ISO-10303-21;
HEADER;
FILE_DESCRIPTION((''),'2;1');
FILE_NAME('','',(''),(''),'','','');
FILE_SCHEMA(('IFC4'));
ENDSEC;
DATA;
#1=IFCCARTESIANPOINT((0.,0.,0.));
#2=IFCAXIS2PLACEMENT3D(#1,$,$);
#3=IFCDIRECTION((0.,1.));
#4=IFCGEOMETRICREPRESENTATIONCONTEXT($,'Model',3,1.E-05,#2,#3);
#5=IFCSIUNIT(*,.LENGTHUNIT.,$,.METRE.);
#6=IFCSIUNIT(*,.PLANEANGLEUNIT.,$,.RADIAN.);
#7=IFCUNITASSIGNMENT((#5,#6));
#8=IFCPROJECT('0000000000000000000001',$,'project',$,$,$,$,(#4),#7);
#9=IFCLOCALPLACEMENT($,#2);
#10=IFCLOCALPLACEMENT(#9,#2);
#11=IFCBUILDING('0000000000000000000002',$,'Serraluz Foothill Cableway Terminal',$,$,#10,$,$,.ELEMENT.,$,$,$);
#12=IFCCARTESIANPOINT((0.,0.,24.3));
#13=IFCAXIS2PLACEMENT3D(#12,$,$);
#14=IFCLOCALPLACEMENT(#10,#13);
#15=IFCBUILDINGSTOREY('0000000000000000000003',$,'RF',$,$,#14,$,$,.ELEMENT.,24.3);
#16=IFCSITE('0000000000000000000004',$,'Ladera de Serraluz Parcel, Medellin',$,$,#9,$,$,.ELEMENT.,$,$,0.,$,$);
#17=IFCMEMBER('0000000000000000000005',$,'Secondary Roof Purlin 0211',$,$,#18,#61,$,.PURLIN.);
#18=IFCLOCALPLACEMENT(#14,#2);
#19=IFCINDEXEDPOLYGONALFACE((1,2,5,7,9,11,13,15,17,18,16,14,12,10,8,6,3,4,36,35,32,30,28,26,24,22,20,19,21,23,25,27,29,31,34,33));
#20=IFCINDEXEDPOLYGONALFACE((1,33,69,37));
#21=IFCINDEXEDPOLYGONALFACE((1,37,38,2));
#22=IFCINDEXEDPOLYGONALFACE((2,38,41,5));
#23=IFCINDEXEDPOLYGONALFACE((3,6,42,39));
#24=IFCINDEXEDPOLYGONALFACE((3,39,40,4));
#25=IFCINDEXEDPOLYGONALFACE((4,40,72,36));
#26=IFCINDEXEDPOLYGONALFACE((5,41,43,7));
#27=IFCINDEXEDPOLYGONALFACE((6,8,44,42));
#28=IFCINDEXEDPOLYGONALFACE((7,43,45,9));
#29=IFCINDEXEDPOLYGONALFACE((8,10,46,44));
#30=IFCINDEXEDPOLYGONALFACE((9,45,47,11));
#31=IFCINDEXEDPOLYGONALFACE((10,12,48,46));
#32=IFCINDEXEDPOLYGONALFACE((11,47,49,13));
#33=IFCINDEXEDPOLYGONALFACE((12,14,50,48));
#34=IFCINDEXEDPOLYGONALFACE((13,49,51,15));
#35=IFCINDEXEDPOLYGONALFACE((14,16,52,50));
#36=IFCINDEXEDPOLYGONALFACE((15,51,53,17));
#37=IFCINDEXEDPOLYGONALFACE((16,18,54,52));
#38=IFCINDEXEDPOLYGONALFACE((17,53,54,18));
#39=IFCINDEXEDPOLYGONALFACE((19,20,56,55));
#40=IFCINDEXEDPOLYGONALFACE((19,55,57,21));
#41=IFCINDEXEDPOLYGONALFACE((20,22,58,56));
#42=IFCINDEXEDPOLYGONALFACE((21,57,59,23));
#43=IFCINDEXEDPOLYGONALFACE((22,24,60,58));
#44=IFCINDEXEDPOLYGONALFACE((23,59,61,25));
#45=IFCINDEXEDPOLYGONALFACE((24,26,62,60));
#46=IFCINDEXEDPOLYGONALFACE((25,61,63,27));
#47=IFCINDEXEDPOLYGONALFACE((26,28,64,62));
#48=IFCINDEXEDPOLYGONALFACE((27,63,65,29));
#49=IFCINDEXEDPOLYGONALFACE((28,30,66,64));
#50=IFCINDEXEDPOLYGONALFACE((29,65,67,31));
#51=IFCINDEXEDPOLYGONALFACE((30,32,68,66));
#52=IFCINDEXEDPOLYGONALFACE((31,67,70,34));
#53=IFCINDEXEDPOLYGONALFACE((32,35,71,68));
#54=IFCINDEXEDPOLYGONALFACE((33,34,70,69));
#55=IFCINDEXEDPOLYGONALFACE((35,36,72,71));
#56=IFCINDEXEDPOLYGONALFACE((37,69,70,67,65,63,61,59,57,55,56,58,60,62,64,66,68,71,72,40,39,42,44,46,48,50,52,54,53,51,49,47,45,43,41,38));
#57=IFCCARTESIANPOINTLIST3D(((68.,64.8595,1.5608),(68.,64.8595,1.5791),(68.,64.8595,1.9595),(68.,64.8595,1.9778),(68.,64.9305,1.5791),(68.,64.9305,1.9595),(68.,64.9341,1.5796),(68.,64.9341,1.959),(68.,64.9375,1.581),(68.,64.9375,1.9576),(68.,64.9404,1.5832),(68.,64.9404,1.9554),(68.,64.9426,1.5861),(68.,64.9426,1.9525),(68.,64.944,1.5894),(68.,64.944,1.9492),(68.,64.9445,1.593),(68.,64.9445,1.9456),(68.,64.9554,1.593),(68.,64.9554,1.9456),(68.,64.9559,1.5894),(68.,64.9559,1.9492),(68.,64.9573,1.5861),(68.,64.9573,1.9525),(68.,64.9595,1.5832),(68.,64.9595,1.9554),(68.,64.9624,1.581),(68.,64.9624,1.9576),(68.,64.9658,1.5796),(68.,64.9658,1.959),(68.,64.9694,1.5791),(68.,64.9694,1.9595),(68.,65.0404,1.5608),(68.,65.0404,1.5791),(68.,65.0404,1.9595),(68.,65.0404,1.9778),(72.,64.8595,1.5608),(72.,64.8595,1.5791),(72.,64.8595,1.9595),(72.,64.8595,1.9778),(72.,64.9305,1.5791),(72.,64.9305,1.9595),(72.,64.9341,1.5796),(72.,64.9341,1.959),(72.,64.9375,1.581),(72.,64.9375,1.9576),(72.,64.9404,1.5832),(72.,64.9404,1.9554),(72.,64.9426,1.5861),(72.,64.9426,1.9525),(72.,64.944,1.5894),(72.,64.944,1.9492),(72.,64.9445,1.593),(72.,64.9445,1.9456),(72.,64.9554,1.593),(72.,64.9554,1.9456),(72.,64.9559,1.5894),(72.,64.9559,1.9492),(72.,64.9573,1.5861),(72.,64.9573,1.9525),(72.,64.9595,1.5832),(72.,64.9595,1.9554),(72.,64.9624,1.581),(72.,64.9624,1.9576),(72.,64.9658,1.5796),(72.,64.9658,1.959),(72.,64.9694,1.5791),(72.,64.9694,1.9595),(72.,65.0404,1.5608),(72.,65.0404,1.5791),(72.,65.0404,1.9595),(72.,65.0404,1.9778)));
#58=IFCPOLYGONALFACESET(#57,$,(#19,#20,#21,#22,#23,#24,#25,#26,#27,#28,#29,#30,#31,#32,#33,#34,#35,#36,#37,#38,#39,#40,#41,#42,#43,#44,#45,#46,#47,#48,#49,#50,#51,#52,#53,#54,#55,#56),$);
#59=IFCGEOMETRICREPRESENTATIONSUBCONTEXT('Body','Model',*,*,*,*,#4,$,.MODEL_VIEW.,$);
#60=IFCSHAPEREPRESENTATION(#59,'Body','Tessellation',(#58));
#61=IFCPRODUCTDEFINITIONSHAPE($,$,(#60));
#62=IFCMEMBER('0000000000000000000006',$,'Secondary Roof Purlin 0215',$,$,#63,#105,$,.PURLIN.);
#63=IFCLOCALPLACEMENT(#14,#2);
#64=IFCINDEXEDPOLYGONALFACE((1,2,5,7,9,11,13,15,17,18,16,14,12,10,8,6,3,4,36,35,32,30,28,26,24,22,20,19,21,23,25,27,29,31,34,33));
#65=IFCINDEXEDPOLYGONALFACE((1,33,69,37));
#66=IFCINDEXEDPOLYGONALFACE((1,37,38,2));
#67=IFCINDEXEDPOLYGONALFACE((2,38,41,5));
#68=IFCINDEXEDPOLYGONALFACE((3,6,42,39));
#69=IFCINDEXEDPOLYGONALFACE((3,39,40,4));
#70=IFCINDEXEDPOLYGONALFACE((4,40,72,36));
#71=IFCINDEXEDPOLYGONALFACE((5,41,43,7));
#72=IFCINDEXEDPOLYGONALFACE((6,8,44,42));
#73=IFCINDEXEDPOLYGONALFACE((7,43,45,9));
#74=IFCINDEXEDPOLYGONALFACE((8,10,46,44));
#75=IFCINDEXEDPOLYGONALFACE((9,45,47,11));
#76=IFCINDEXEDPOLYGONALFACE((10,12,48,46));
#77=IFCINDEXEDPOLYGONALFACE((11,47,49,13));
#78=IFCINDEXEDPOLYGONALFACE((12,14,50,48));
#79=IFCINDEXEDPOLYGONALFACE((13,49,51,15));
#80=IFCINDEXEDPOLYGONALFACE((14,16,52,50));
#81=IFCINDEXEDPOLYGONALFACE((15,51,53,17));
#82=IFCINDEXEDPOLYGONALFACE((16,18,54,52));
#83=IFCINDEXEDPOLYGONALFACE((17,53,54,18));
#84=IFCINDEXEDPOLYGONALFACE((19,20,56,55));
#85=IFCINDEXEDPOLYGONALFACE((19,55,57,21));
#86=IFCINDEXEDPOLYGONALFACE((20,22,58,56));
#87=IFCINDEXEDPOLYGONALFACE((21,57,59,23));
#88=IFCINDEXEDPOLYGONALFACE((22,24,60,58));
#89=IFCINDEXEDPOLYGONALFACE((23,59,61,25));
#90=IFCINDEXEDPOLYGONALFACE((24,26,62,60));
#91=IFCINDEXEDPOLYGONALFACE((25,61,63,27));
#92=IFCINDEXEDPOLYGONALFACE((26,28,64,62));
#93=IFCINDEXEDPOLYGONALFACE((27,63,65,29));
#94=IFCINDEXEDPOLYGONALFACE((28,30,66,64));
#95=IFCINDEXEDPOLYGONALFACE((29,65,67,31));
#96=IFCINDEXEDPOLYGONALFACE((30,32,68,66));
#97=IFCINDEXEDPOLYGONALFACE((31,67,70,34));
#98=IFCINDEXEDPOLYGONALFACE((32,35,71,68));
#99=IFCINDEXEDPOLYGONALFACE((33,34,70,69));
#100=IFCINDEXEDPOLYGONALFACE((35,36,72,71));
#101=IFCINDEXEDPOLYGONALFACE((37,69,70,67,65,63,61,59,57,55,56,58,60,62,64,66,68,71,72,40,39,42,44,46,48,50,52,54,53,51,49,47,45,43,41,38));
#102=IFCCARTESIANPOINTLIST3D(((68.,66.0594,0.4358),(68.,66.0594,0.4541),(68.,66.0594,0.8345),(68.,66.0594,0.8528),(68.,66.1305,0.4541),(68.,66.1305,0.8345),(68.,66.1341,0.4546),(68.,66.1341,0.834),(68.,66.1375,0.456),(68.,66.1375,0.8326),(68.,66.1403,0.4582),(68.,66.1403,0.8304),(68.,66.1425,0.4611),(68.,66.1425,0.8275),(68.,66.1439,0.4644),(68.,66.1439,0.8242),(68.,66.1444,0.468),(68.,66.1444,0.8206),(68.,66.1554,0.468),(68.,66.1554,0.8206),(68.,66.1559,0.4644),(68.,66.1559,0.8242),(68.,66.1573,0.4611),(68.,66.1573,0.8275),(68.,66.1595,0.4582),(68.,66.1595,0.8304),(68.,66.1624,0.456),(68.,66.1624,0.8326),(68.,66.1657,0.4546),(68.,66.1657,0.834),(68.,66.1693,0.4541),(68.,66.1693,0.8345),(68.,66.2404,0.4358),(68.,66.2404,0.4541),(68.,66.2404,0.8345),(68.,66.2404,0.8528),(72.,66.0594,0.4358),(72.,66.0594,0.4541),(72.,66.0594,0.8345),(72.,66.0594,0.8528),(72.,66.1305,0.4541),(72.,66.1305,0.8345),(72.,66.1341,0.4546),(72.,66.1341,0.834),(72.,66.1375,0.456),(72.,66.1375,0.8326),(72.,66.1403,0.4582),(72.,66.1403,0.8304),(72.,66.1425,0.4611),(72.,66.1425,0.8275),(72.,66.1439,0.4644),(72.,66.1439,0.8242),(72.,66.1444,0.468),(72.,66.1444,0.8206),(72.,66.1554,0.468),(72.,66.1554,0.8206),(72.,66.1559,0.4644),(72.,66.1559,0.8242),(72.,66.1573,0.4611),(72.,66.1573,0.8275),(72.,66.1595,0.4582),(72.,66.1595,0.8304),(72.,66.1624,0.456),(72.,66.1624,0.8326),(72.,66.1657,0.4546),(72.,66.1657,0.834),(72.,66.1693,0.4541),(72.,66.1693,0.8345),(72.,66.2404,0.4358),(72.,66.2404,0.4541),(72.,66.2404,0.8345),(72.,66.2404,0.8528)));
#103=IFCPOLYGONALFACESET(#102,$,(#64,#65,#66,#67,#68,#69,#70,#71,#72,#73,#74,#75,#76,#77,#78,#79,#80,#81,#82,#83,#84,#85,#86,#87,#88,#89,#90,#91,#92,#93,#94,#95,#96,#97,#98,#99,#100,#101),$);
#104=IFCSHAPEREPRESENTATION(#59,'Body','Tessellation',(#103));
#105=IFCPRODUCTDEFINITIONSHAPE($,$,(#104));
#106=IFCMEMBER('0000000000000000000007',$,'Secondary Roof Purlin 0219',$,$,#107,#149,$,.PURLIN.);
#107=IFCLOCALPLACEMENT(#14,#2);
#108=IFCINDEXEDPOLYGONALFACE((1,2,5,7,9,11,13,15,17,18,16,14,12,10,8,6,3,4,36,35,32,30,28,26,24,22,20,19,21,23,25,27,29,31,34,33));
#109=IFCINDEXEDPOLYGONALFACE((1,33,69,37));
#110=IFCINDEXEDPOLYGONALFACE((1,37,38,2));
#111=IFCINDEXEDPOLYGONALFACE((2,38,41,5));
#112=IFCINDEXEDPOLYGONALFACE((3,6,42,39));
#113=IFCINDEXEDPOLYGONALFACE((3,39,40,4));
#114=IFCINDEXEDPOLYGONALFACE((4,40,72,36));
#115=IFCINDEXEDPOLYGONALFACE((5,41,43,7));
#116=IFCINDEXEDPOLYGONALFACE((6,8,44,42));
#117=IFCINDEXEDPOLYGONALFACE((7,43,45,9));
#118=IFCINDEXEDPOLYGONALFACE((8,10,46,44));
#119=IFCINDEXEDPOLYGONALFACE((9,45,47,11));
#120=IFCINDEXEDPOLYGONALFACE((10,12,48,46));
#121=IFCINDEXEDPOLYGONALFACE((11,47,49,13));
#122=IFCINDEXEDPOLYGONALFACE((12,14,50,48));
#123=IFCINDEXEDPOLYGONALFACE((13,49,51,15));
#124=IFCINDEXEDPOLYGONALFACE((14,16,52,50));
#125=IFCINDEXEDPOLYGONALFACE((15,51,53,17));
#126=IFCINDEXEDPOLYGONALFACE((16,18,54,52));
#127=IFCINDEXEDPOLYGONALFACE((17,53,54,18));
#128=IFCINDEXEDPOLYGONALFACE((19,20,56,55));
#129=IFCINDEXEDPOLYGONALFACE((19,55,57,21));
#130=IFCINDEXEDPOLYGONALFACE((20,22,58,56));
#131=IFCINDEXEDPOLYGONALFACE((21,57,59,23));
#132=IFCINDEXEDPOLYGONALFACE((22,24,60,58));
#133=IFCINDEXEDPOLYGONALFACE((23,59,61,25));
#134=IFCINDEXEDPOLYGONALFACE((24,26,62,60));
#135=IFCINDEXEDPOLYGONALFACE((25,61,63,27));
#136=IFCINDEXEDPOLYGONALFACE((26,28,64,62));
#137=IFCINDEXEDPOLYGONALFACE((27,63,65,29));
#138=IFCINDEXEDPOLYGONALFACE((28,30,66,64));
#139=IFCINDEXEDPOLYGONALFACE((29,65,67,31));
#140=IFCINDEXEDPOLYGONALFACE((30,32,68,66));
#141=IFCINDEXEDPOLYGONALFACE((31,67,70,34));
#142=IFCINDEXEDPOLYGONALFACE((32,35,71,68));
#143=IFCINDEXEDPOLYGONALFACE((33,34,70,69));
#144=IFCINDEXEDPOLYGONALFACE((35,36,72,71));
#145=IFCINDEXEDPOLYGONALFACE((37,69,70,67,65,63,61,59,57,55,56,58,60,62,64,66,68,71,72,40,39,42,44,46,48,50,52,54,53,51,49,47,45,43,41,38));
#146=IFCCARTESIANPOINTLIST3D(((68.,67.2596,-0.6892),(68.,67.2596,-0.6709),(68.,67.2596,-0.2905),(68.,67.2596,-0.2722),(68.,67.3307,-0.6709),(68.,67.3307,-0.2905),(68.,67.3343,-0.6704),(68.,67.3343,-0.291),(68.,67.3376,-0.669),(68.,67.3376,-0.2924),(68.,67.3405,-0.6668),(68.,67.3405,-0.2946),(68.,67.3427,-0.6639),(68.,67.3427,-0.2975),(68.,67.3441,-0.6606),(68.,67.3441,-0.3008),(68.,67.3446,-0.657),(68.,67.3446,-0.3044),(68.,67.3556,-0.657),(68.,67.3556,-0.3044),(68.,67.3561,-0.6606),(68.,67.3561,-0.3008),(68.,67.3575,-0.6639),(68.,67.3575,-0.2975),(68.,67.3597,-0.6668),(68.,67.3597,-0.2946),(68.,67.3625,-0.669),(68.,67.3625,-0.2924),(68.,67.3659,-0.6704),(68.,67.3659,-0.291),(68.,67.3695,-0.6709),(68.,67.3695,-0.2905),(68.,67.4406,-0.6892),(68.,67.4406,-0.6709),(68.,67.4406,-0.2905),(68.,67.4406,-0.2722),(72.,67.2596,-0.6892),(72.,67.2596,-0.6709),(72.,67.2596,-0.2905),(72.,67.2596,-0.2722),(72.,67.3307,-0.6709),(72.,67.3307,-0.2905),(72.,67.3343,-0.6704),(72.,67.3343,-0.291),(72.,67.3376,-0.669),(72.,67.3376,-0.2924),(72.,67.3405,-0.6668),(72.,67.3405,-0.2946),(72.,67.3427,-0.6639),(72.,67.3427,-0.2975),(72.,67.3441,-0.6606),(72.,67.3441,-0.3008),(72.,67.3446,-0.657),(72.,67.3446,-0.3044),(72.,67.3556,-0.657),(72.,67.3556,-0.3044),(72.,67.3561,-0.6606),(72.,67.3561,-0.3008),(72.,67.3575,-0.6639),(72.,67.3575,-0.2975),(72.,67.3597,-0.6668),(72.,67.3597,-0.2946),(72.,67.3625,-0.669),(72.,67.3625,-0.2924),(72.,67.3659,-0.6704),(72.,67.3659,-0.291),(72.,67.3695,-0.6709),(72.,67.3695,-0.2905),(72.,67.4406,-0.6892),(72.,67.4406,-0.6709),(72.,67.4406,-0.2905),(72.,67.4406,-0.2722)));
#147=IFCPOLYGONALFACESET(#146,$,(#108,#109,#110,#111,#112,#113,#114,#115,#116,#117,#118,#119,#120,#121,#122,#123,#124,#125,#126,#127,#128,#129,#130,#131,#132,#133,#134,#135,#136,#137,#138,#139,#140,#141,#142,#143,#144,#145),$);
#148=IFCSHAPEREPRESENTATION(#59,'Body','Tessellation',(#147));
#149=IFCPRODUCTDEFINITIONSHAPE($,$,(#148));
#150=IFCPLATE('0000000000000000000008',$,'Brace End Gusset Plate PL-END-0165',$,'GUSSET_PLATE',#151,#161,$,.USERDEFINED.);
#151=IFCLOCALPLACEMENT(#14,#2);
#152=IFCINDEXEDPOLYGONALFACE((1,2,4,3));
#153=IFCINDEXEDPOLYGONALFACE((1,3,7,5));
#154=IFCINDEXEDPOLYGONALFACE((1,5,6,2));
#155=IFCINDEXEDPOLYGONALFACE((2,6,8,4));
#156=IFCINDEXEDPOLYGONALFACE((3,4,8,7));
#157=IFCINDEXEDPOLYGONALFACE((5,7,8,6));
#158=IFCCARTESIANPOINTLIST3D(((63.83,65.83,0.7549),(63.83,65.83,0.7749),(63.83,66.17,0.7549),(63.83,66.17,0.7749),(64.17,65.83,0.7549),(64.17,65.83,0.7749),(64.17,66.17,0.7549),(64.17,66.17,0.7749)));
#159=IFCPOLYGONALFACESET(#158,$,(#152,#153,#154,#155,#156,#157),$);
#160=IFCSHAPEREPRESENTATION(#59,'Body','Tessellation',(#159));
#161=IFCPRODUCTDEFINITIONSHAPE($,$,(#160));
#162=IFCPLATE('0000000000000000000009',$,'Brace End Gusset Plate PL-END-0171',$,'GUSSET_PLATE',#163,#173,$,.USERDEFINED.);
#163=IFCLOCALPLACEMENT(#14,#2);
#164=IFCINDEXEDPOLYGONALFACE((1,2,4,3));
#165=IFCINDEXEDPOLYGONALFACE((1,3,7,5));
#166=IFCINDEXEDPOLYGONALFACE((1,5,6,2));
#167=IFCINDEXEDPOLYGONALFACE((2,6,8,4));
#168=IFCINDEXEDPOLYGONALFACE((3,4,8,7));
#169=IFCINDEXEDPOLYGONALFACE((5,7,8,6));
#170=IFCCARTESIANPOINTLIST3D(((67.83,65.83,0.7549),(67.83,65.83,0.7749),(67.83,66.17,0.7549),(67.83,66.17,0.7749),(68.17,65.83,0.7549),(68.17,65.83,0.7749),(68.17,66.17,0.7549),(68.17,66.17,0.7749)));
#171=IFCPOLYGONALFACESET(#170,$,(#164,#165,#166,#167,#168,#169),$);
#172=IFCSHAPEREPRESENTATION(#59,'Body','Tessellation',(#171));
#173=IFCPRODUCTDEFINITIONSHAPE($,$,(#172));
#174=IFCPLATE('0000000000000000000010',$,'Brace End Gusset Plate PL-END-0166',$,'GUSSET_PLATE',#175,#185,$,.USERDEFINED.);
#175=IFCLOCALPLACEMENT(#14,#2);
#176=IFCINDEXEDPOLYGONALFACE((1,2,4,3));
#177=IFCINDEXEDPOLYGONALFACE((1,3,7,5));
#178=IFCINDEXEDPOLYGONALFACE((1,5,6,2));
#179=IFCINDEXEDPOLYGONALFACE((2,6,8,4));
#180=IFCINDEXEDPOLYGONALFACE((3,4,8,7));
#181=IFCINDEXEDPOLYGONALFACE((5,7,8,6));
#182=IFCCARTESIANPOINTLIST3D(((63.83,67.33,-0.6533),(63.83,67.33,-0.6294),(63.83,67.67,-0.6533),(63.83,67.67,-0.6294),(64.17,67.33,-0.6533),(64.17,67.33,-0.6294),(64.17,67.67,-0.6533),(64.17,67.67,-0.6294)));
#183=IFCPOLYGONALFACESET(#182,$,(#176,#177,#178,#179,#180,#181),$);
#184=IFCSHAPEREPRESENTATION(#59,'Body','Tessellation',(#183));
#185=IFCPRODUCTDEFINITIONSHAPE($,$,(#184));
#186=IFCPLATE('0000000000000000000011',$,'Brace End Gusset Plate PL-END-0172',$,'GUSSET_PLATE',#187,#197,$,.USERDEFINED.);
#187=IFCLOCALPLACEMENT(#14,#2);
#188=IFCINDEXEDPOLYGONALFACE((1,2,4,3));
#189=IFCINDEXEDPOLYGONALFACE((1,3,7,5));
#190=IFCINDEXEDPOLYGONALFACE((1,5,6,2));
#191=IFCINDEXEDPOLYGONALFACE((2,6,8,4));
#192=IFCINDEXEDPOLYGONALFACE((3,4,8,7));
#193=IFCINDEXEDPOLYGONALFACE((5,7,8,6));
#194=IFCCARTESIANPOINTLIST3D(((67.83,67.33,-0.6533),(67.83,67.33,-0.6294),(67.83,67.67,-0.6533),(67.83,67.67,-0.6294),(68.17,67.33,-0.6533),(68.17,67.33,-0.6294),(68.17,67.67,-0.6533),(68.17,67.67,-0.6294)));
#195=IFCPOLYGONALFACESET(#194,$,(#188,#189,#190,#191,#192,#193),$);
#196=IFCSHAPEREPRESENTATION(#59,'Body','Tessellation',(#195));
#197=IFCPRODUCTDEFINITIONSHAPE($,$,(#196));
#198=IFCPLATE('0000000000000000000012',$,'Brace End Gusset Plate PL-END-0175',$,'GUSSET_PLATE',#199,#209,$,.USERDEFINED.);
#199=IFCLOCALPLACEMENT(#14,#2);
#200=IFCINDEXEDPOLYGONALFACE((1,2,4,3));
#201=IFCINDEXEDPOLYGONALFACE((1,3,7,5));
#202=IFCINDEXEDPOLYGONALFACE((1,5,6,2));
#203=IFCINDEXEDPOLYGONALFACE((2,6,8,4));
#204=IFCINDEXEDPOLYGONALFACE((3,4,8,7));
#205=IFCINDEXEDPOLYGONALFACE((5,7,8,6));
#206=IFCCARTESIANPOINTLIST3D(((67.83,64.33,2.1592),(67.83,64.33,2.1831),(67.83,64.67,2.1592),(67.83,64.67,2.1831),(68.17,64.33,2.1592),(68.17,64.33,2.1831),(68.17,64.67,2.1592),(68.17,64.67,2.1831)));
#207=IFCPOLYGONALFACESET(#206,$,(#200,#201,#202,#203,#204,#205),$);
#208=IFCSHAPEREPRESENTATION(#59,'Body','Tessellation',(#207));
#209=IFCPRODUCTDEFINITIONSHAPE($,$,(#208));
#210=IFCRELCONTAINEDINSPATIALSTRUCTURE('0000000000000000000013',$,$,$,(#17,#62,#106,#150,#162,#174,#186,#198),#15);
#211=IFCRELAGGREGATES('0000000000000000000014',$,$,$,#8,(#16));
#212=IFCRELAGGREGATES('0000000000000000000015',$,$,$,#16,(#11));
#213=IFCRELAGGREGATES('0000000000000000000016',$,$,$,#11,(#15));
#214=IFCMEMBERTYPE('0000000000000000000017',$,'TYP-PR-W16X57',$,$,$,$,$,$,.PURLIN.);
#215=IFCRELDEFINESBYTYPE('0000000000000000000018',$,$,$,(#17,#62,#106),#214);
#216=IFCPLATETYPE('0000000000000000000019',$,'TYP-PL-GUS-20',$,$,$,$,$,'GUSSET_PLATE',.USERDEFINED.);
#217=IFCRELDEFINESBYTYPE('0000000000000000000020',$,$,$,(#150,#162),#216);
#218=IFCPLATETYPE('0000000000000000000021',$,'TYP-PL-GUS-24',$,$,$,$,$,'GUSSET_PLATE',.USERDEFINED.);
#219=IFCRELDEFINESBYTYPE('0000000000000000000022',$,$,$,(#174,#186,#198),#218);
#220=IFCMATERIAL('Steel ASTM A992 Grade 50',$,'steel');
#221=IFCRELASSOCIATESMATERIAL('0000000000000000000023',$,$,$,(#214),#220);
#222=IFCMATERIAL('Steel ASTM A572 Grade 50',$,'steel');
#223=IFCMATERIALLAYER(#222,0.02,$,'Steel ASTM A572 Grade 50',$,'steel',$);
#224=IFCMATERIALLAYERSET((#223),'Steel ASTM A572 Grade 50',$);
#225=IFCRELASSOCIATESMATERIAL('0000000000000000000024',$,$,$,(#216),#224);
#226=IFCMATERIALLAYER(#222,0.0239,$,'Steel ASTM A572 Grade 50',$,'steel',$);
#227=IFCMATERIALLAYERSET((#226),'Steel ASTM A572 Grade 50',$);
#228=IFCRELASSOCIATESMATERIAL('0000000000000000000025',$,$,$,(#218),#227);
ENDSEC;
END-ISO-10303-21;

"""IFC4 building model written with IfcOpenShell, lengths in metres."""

from ifc_helpers import new_model, si_unit, direction, frame, origin, origin_2d, place, context, subcontext, project, spatial, rectangle, i_section, extrude, material, layer, layer_set, material_profile, profile_set, type_object, element, save


model = new_model("IFC4")

# Units and contexts
model_context = context("Model", 3, precision=1e-05, world=origin(), true_north=direction((0.0, 1.0)))
body_context = subcontext(model_context, "Body", "Model", "MODEL_VIEW")
ifc_project = project(units=[si_unit("LENGTHUNIT", "METRE"), si_unit("PLANEANGLEUNIT", "RADIAN")], contexts=[model_context])

# Site, building, storey
site_placement = place(None, origin())
site = spatial("IfcSite", under=ifc_project, at=site_placement, Name="Ladera de Serraluz Parcel, Medellin", CompositionType="ELEMENT", RefElevation=0.0)
building_placement = place(site_placement, origin())
building = spatial("IfcBuilding", under=site, at=building_placement, Name="Serraluz Foothill Cableway Terminal", CompositionType="ELEMENT")
storey_placement = place(building_placement, frame((0.0, 0.0, 24.3)))
storey = spatial("IfcBuildingStorey", under=building, at=storey_placement, Name="RF", CompositionType="ELEMENT", Elevation=24.3)

# Members
ifc_material_1 = material(Name="Steel ASTM A572 Grade 50", Category="steel")
ifc_material_2 = material(Name="Steel ASTM A992 Grade 50", Category="steel")
ifc_material_profile_1 = material_profile(ifc_material_2, i_section(OverallWidth=0.1809, OverallDepth=0.417, WebThickness=0.011, FlangeThickness=0.0183, FilletRadius=0.0139, at=origin_2d()), Name="W16X57")
ifc_profile_set_1 = profile_set([ifc_material_profile_1], Name="Steel ASTM A992 Grade 50")
member_type_1 = type_object("IfcMemberType", Name="TYP-PR-W16X57", PredefinedType="PURLIN", material=ifc_profile_set_1)
for number, where, z_axis, x_axis, name in (
    (1, (68.0, 64.95, 1.7693), (1.0, 0.0, 0.0), (0.0, 1.0, 0.0), "Secondary Roof Purlin 0211"),
    (2, (68.0, 66.1499, 0.6443), (1.0, 0.0, 0.0), (0.0, 1.0, 0.0), "Secondary Roof Purlin 0215"),
    (3, (68.0, 67.3501, -0.4807), (1.0, 0.0, 0.0), (0.0, 1.0, 0.0), "Secondary Roof Purlin 0219"),
):
    element("IfcMember", number, at=place(storey_placement, frame(where, z_axis=z_axis, x_axis=x_axis)), inside=storey, type_object=member_type_1, Name=name, PredefinedType="PURLIN", context=body_context, shape_type="SweptSolid", body=[
        extrude(i_section(OverallWidth=0.1809, OverallDepth=0.417, WebThickness=0.011, FlangeThickness=0.0183, FilletRadius=0.0139, at=origin_2d()), origin(), (0.0, 0.0, 1.0), 4.0),
    ])

# Plates
ifc_layer_1 = layer(ifc_material_1, 0.02, Name="Steel ASTM A572 Grade 50", Category="steel")
ifc_layer_set_1 = layer_set([ifc_layer_1], Name="Steel ASTM A572 Grade 50")
plate_type_1 = type_object("IfcPlateType", Name="TYP-PL-GUS-20", ElementType="GUSSET_PLATE", PredefinedType="USERDEFINED", material=ifc_layer_set_1)
for number, where, z_axis, x_axis, name in (
    (4, (64.0, 66.0, 0.7549), (0.0, 0.0, 1.0), (1.0, 0.0, 0.0), "Brace End Gusset Plate PL-END-0165"),
    (5, (68.0, 66.0, 0.7549), (0.0, 0.0, 1.0), (1.0, 0.0, 0.0), "Brace End Gusset Plate PL-END-0171"),
):
    element("IfcPlate", number, at=place(storey_placement, frame(where, z_axis=z_axis, x_axis=x_axis)), inside=storey, type_object=plate_type_1, Name=name, ObjectType="GUSSET_PLATE", PredefinedType="USERDEFINED", context=body_context, shape_type="SweptSolid", body=[
        extrude(rectangle(XDim=0.3401, YDim=0.3401, at=origin_2d()), origin(), (0.0, 0.0, 1.0), 0.02),
    ])
ifc_layer_2 = layer(ifc_material_1, 0.0239, Name="Steel ASTM A572 Grade 50", Category="steel")
ifc_layer_set_2 = layer_set([ifc_layer_2], Name="Steel ASTM A572 Grade 50")
plate_type_2 = type_object("IfcPlateType", Name="TYP-PL-GUS-24", ElementType="GUSSET_PLATE", PredefinedType="USERDEFINED", material=ifc_layer_set_2)
for number, where, z_axis, x_axis, name in (
    (6, (64.0, 67.5, -0.6533), (0.0, 0.0, 1.0), (1.0, 0.0, 0.0), "Brace End Gusset Plate PL-END-0166"),
    (7, (68.0, 67.5, -0.6533), (0.0, 0.0, 1.0), (1.0, 0.0, 0.0), "Brace End Gusset Plate PL-END-0172"),
    (8, (68.0, 64.5, 2.1592), (0.0, 0.0, 1.0), (1.0, 0.0, 0.0), "Brace End Gusset Plate PL-END-0175"),
):
    element("IfcPlate", number, at=place(storey_placement, frame(where, z_axis=z_axis, x_axis=x_axis)), inside=storey, type_object=plate_type_2, Name=name, ObjectType="GUSSET_PLATE", PredefinedType="USERDEFINED", context=body_context, shape_type="SweptSolid", body=[
        extrude(rectangle(XDim=0.3401, YDim=0.3401, at=origin_2d()), origin(), (0.0, 0.0, 1.0), 0.0239),
    ])

save(model, "model.ifc")
